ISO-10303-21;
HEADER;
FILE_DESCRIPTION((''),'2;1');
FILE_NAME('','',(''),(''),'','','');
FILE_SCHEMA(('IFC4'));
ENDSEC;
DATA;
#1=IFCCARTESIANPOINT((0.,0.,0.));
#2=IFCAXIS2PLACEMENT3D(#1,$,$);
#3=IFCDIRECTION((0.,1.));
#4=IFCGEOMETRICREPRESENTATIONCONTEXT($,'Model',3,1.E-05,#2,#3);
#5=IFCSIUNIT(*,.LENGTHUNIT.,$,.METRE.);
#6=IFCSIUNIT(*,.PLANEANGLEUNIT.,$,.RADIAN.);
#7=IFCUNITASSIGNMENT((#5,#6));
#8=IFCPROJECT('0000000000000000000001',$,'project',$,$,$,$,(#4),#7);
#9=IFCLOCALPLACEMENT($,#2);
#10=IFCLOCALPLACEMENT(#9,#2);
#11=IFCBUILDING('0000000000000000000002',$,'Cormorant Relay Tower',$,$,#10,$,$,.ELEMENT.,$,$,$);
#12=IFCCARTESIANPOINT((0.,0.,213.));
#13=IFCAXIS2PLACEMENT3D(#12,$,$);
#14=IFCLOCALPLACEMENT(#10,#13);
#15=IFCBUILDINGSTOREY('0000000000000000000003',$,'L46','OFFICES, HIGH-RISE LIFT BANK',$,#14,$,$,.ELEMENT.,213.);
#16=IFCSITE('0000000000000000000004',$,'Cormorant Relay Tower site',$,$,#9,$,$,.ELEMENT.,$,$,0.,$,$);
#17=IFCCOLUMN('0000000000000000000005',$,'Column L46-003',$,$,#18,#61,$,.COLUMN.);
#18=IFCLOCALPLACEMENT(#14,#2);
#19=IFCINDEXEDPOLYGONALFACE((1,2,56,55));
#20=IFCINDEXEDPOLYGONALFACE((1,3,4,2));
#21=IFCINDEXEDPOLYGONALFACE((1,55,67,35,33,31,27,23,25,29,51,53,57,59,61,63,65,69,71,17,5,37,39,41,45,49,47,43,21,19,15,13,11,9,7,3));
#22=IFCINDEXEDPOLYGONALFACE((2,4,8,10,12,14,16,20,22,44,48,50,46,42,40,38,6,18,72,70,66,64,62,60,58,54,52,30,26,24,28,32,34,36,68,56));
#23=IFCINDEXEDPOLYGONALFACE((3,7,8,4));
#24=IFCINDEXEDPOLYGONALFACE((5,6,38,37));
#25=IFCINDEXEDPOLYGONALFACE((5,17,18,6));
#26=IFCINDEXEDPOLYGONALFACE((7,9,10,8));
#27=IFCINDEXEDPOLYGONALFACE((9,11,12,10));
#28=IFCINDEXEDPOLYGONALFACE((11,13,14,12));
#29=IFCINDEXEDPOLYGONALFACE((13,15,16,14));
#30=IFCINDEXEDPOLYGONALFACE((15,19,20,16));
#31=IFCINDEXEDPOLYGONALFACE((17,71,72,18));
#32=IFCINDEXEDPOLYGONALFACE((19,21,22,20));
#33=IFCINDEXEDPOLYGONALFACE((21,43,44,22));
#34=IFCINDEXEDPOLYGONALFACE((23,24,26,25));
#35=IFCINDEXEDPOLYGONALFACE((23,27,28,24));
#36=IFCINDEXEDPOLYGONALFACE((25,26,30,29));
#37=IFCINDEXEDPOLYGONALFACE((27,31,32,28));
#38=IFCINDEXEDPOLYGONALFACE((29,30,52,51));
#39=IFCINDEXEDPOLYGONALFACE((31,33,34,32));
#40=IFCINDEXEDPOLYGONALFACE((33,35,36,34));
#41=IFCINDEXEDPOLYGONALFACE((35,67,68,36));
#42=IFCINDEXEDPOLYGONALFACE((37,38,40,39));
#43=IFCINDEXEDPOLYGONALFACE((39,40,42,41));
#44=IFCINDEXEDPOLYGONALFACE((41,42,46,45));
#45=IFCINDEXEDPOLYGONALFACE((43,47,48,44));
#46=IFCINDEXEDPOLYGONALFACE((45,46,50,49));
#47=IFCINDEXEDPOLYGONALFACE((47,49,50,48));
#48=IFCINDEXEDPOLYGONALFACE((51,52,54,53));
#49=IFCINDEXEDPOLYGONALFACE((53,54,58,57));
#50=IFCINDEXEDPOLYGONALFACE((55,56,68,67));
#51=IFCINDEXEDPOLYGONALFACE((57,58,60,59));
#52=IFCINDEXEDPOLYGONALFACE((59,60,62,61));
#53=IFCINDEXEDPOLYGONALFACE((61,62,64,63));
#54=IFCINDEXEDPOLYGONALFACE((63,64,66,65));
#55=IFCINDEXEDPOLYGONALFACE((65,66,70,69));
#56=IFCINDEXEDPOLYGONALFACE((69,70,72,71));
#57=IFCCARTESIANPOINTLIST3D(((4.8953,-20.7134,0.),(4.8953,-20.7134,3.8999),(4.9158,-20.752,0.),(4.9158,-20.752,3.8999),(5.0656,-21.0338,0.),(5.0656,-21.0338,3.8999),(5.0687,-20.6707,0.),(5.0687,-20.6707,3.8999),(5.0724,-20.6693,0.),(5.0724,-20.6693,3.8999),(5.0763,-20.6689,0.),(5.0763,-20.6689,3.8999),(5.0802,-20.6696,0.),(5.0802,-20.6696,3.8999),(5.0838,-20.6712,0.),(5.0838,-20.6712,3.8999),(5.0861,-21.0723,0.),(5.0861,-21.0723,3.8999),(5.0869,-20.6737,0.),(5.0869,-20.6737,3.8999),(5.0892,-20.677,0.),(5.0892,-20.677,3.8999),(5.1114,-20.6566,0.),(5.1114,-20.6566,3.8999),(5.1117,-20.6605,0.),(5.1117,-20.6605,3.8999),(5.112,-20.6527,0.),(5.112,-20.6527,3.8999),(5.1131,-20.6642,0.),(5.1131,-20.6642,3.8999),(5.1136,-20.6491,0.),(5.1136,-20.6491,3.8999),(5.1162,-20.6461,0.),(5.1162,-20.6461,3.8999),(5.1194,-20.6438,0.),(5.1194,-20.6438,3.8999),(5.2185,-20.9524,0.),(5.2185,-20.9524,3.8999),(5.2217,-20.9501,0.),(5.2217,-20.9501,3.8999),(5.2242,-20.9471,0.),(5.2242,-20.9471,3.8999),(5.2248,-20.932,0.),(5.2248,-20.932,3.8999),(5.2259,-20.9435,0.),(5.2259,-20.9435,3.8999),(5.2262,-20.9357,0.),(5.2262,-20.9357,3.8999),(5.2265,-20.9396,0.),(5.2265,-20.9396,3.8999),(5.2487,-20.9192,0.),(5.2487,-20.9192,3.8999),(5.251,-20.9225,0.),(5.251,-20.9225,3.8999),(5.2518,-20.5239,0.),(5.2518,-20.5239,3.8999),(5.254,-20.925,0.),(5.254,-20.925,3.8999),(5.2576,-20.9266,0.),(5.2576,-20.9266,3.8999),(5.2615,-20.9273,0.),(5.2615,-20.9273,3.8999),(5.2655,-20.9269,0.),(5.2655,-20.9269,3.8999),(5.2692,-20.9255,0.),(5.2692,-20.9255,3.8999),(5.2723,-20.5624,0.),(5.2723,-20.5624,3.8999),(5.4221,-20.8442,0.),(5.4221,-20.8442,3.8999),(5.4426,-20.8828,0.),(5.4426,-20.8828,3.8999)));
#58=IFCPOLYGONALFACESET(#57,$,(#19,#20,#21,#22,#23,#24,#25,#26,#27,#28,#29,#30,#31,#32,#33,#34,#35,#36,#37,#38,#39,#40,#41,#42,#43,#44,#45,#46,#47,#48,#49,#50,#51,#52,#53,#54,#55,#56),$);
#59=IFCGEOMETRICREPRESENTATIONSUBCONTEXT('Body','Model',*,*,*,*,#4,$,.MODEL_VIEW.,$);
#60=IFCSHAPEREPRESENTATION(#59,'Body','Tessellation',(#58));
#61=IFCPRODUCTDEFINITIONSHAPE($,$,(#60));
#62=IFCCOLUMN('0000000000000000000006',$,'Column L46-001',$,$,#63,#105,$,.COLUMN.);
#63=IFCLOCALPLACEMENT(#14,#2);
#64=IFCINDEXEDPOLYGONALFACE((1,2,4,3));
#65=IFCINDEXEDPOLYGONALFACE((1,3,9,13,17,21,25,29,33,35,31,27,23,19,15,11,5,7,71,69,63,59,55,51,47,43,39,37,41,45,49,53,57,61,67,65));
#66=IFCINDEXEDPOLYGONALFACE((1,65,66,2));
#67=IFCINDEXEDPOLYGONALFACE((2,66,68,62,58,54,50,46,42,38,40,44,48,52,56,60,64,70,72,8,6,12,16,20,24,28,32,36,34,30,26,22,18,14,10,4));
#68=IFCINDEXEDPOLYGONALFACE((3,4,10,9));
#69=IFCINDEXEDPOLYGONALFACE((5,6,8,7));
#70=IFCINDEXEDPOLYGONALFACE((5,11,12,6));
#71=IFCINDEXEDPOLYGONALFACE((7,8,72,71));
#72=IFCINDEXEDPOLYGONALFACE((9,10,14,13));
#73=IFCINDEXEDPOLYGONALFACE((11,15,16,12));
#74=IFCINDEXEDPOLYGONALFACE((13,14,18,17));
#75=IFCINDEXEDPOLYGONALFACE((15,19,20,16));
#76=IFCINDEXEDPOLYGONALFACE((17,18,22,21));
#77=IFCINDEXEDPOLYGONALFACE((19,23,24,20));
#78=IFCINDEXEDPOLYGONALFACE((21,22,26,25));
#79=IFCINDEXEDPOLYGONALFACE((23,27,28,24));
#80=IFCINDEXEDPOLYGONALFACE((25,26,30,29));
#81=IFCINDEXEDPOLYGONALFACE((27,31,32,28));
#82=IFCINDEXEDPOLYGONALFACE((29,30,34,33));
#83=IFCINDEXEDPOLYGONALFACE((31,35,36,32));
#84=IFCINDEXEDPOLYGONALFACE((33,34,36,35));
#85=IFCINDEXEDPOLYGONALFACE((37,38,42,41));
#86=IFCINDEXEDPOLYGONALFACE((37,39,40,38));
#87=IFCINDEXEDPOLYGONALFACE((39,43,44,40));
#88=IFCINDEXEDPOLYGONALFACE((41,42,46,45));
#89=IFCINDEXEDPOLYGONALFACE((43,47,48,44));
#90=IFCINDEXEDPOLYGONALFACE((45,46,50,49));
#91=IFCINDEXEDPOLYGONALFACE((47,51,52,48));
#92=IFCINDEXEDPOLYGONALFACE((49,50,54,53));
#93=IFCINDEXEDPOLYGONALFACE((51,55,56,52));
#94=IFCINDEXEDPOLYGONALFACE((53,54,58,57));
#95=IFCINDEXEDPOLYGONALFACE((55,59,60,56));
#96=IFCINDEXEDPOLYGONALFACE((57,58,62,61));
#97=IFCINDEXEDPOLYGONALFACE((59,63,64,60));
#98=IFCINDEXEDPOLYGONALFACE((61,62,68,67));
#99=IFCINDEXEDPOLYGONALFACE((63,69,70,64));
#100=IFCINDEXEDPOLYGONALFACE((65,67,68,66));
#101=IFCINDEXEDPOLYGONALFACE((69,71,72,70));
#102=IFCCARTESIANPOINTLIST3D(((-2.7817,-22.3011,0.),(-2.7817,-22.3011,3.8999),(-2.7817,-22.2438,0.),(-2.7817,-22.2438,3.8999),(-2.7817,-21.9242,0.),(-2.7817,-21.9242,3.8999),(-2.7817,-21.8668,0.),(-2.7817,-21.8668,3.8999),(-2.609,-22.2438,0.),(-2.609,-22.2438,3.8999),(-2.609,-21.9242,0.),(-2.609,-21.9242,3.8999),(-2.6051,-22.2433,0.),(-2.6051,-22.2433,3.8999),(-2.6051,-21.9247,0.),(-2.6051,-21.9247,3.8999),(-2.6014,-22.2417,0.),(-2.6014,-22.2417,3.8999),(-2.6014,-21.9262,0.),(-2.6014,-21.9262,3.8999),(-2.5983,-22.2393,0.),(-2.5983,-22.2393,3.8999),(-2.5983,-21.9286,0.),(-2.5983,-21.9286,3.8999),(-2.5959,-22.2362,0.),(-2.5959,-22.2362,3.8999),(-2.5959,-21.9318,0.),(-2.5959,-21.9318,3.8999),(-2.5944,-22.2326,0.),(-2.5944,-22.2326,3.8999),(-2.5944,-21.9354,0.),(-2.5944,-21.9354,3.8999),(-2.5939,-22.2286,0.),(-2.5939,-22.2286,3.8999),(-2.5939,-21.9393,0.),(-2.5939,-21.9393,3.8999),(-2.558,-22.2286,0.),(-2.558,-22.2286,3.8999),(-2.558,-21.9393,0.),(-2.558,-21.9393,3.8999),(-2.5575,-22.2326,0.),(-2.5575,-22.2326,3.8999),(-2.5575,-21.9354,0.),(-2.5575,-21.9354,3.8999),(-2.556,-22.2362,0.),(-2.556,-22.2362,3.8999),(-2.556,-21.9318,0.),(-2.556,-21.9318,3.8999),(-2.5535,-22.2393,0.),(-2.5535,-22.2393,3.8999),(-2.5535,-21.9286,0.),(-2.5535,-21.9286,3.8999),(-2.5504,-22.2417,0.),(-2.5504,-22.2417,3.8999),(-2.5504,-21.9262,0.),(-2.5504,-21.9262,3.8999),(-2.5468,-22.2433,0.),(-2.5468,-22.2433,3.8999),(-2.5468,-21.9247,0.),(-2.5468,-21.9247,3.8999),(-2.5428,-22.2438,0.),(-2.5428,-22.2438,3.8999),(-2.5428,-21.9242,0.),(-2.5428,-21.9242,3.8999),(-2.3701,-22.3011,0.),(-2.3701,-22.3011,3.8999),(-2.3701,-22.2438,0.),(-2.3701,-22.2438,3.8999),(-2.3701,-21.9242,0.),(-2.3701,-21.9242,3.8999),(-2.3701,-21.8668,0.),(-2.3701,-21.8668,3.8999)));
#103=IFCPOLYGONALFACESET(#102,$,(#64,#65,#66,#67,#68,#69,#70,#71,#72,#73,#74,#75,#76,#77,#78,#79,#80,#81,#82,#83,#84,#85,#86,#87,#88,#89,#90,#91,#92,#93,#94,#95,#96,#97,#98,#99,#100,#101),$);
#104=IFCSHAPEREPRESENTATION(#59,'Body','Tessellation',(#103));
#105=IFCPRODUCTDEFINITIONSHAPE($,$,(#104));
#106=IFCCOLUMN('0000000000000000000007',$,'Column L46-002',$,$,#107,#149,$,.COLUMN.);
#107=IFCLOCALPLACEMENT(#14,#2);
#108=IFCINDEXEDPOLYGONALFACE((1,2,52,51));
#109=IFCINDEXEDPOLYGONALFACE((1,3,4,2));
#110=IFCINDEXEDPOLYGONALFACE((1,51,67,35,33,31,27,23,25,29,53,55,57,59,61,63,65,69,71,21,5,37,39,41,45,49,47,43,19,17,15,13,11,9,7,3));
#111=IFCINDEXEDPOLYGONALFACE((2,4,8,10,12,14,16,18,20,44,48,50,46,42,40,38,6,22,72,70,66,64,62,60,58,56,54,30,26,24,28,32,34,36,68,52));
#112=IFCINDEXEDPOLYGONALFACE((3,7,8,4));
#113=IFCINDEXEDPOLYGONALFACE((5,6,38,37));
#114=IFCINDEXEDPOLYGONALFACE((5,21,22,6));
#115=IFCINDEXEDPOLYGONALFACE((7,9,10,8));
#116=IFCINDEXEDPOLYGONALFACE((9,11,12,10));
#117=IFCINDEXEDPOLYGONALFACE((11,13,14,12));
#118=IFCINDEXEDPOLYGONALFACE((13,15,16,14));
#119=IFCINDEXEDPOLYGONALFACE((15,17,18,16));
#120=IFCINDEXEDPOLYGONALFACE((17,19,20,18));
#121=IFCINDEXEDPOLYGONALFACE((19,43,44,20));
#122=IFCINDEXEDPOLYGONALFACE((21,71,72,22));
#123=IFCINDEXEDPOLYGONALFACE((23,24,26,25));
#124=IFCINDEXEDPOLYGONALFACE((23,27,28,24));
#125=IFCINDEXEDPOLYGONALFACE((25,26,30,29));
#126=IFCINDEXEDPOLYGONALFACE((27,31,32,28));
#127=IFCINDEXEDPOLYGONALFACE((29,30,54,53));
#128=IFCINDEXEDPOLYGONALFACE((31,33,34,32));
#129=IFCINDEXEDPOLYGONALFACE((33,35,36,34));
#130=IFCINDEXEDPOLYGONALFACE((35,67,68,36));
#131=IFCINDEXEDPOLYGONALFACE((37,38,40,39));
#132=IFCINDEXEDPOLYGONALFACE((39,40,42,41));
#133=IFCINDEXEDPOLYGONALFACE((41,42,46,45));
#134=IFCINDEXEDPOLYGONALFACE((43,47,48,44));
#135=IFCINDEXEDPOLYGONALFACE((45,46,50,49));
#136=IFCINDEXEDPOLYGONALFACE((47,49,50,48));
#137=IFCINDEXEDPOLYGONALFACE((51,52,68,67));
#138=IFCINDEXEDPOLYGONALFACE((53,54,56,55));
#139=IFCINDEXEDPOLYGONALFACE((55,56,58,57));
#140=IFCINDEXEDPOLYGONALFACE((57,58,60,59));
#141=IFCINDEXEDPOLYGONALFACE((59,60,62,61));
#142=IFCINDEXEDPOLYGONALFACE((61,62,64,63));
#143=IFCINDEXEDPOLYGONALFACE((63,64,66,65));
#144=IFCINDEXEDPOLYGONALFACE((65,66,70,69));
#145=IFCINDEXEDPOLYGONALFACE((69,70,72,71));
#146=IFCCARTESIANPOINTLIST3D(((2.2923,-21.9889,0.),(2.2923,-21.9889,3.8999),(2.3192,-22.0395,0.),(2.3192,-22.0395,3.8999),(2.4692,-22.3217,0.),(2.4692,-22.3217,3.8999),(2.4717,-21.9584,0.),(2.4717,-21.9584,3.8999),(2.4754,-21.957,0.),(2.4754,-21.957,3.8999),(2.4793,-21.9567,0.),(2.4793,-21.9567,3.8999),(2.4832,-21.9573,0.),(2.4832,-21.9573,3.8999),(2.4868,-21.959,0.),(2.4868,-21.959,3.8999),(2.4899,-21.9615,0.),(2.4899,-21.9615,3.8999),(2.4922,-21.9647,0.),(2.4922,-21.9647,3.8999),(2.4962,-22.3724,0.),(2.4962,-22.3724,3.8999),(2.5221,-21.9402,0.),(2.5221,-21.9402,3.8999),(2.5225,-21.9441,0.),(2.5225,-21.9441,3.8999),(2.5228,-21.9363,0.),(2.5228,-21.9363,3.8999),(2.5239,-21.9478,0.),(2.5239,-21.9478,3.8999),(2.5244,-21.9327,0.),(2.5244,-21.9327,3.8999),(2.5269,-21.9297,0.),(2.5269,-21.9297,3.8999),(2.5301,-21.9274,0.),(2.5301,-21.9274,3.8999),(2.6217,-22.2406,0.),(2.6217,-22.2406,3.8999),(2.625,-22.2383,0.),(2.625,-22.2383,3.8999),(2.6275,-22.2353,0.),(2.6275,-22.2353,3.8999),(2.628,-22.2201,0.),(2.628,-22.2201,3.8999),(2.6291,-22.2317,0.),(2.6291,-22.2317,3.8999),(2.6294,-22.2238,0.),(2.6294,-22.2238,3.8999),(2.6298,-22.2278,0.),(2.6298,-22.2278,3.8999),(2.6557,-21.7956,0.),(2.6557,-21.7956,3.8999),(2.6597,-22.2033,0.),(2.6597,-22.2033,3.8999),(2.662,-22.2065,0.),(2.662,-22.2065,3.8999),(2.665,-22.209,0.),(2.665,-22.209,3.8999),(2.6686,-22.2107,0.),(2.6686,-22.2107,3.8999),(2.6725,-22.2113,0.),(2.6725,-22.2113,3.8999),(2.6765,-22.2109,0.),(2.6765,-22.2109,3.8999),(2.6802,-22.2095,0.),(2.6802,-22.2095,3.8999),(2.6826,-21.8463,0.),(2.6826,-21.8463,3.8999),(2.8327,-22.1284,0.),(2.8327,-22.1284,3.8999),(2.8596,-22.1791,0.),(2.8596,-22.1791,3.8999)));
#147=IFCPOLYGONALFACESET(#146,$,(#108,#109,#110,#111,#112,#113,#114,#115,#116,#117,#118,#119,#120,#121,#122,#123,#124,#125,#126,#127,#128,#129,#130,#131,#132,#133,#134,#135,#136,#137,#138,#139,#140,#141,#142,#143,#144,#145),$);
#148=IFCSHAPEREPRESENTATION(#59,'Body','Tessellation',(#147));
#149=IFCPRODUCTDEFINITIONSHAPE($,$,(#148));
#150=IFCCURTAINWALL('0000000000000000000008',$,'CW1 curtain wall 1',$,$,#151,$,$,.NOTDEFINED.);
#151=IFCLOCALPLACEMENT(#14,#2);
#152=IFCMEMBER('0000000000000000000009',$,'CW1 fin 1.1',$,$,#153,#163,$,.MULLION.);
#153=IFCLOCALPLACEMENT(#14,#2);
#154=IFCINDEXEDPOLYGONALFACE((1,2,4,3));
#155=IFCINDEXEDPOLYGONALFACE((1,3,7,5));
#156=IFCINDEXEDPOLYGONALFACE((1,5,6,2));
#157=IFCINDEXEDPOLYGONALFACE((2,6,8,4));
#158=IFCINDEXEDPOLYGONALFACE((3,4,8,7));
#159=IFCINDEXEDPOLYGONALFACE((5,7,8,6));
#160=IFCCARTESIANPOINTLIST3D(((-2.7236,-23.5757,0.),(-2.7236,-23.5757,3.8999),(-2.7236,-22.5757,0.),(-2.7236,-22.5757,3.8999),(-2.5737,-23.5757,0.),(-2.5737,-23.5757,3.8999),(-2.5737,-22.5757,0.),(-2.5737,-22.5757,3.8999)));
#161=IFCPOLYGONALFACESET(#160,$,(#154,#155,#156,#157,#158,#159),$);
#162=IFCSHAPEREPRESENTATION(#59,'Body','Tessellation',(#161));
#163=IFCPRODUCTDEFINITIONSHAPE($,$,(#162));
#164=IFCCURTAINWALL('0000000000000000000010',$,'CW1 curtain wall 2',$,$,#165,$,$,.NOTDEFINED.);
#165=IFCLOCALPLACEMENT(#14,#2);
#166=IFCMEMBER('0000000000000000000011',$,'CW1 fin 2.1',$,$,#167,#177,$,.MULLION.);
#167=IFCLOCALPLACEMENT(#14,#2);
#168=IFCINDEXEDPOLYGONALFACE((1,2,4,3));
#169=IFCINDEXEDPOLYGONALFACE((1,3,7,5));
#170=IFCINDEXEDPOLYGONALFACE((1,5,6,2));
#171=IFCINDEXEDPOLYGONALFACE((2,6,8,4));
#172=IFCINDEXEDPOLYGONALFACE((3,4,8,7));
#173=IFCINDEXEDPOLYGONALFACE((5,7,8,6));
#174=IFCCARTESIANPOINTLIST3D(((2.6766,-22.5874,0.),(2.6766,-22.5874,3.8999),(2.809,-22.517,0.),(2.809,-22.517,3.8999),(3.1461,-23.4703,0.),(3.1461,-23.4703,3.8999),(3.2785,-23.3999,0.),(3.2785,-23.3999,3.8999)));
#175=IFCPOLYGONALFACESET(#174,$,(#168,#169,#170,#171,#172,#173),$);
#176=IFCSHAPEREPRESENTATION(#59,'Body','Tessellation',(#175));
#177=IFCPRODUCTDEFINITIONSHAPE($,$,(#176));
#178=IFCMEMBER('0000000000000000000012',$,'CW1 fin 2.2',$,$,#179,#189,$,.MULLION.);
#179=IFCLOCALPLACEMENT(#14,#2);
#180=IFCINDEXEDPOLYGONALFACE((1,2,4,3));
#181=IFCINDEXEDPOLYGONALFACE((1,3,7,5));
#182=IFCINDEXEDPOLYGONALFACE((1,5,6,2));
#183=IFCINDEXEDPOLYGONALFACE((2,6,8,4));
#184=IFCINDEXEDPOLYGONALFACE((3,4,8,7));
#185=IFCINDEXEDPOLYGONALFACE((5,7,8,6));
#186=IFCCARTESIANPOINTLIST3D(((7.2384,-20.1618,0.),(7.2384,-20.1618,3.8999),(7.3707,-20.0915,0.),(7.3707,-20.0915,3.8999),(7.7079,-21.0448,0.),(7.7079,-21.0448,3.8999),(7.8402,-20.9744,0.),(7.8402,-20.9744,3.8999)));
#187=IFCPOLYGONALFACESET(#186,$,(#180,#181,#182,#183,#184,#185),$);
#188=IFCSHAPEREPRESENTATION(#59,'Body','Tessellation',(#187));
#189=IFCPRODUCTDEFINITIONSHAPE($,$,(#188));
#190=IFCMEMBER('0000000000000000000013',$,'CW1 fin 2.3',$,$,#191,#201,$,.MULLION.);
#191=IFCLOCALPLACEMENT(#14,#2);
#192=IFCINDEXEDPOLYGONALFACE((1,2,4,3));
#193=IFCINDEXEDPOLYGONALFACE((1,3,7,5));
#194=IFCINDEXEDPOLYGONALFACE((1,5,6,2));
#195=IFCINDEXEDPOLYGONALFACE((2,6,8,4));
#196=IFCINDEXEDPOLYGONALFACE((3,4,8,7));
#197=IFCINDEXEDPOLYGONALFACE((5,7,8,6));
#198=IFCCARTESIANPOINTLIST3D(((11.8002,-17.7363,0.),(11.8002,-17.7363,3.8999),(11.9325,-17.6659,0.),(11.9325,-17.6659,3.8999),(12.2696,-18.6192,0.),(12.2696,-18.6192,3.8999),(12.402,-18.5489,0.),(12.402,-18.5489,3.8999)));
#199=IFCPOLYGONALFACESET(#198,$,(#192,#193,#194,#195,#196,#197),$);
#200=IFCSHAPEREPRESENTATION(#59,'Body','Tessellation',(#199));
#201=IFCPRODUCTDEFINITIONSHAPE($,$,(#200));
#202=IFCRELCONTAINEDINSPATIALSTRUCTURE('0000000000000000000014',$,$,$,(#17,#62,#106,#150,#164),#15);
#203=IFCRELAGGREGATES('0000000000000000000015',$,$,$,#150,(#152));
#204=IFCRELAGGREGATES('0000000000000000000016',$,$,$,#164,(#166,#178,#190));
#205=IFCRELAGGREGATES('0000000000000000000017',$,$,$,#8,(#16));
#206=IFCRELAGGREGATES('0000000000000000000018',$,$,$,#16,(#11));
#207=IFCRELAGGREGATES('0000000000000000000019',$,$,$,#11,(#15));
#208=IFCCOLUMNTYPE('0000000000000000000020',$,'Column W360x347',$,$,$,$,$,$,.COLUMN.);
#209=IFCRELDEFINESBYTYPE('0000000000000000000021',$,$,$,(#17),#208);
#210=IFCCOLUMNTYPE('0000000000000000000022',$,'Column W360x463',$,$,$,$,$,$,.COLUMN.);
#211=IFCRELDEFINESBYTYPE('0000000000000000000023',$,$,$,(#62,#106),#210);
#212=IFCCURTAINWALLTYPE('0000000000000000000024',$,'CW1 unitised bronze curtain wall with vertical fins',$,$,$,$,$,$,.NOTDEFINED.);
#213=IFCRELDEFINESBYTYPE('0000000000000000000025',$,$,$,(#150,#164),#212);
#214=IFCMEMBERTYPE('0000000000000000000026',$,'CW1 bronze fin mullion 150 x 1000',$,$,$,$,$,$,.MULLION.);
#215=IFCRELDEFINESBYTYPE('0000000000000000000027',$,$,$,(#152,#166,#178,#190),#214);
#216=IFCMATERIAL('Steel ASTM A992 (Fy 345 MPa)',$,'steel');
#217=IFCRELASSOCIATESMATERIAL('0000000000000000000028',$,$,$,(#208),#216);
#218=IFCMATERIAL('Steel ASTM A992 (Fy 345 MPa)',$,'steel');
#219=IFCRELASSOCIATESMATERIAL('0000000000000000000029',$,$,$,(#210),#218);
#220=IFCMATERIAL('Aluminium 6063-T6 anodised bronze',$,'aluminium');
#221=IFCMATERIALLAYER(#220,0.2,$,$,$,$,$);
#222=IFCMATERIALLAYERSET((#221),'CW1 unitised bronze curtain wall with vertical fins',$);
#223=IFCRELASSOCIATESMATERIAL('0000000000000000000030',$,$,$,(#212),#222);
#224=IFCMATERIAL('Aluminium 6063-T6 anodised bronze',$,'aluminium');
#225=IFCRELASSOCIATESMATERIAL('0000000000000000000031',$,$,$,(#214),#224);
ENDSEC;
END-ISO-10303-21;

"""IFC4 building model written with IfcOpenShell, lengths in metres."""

from ifc_helpers import new_model, si_unit, direction, frame, origin, origin_2d, place, context, subcontext, project, spatial, rectangle, i_section, extrude, material, layer, layer_set, material_profile, profile_set, type_object, element, aggregate, save


model = new_model("IFC4")

# Units and contexts
model_context = context("Model", 3, precision=1e-05, world=origin(), true_north=direction((0.0, 1.0)))
body_context = subcontext(model_context, "Body", "Model", "MODEL_VIEW")
ifc_project = project(units=[si_unit("LENGTHUNIT", "METRE"), si_unit("PLANEANGLEUNIT", "RADIAN")], contexts=[model_context])

# Site, building, storey
site_placement = place(None, origin())
site = spatial("IfcSite", under=ifc_project, at=site_placement, Name="Cormorant Relay Tower site", CompositionType="ELEMENT", RefElevation=0.0)
building_placement = place(site_placement, origin())
building = spatial("IfcBuilding", under=site, at=building_placement, Name="Cormorant Relay Tower", CompositionType="ELEMENT")
storey_placement = place(building_placement, frame((0.0, 0.0, 213.0)))
storey = spatial("IfcBuildingStorey", under=building, at=storey_placement, Name="L46", Description="OFFICES, HIGH-RISE LIFT BANK", CompositionType="ELEMENT", Elevation=213.0)

# Columns
ifc_material_1 = material(Name="Steel ASTM A992 (Fy 345 MPa)", Category="steel")
ifc_material_profile_1 = material_profile(ifc_material_1, i_section(OverallWidth=0.4038, OverallDepth=0.4065, WebThickness=0.0271, FlangeThickness=0.0437, FilletRadius=0.0151, at=origin_2d()), Name="W360x347")
ifc_profile_set_1 = profile_set([ifc_material_profile_1], Name="Steel ASTM A992 (Fy 345 MPa)")
column_type_1 = type_object("IfcColumnType", Name="Column W360x347", PredefinedType="COLUMN", material=ifc_profile_set_1)
column_placement = place(storey_placement, frame((5.1689, -20.7981, 0.0), z_axis=(0.0, 0.0, 1.0), x_axis=(0.882948, 0.469472, 0.0)))
element("IfcColumn", 1, at=column_placement, inside=storey, type_object=column_type_1, Name="Column L46-003", PredefinedType="COLUMN", context=body_context, shape_type="SweptSolid", body=[
    extrude(i_section(OverallWidth=0.4038, OverallDepth=0.4065, WebThickness=0.0271, FlangeThickness=0.0437, FilletRadius=0.0151, at=origin_2d()), origin(), (0.0, 0.0, 1.0), 3.8999),
])
ifc_material_2 = material(Name="Steel ASTM A992 (Fy 345 MPa)", Category="steel")
ifc_material_profile_2 = material_profile(ifc_material_2, i_section(OverallWidth=0.4116, OverallDepth=0.4343, WebThickness=0.0359, FlangeThickness=0.0574, FilletRadius=0.0151, at=origin_2d()), Name="W360x463")
ifc_profile_set_2 = profile_set([ifc_material_profile_2], Name="Steel ASTM A992 (Fy 345 MPa)")
column_type_2 = type_object("IfcColumnType", Name="Column W360x463", PredefinedType="COLUMN", material=ifc_profile_set_2)
for number, where, z_axis, x_axis, name in (
    (2, (-2.5759, -22.084, 0.0), (0.0, 0.0, 1.0), (1.0, 0.0, 0.0), "Column L46-001"),
    (3, (2.5759, -22.084, 0.0), (0.0, 0.0, 1.0), (0.882948, 0.469472, 0.0), "Column L46-002"),
):
    element("IfcColumn", number, at=place(storey_placement, frame(where, z_axis=z_axis, x_axis=x_axis)), inside=storey, type_object=column_type_2, Name=name, PredefinedType="COLUMN", context=body_context, shape_type="SweptSolid", body=[
        extrude(i_section(OverallWidth=0.4116, OverallDepth=0.4343, WebThickness=0.0359, FlangeThickness=0.0574, FilletRadius=0.0151, at=origin_2d()), origin(), (0.0, 0.0, 1.0), 3.8999),
    ])

# Curtain wall, member
ifc_material_3 = material(Name="Aluminium 6063-T6 anodised bronze", Category="aluminium")
ifc_layer_1 = layer(ifc_material_3, 0.2)
ifc_layer_set_1 = layer_set([ifc_layer_1], Name="CW1 unitised bronze curtain wall with vertical fins")
curtain_wall_type = type_object("IfcCurtainWallType", Name="CW1 unitised bronze curtain wall with vertical fins", PredefinedType="NOTDEFINED", material=ifc_layer_set_1)
curtain_wall_1_placement = place(storey_placement, origin())
curtain_wall_1 = element("IfcCurtainWall", 4, at=curtain_wall_1_placement, inside=storey, type_object=curtain_wall_type, Name="CW1 curtain wall 1", PredefinedType="NOTDEFINED")
ifc_material_4 = material(Name="Aluminium 6063-T6 anodised bronze", Category="aluminium")
ifc_material_profile_3 = material_profile(ifc_material_4, rectangle(XDim=0.1499, YDim=1.0, at=origin_2d()), Name="AL 150x1000")
ifc_profile_set_3 = profile_set([ifc_material_profile_3], Name="Aluminium 6063-T6 anodised bronze")
member_type_1 = type_object("IfcMemberType", Name="CW1 bronze fin mullion 150 x 1000", PredefinedType="MULLION", material=ifc_profile_set_3)
member_1_placement = place(storey_placement, frame((-2.6487, -23.0757, 0.0), z_axis=(0.0, 0.0, 1.0), x_axis=(1.0, 0.0, 0.0)))
member_1 = element("IfcMember", 5, at=member_1_placement, type_object=member_type_1, Name="CW1 fin 1.1", PredefinedType="MULLION", context=body_context, shape_type="SweptSolid", body=[
    extrude(rectangle(XDim=0.1499, YDim=1.0, at=origin_2d()), origin(), (0.0, 0.0, 1.0), 3.8999),
])

# Curtain wall, members
curtain_wall_2_placement = place(storey_placement, origin())
curtain_wall_2 = element("IfcCurtainWall", 6, at=curtain_wall_2_placement, inside=storey, type_object=curtain_wall_type, Name="CW1 curtain wall 2", PredefinedType="NOTDEFINED")
member_2_placement = place(storey_placement, frame((2.9775, -22.9937, 0.0), z_axis=(0.0, 0.0, 1.0), x_axis=(0.882948, 0.469472, 0.0)))
member_2 = element("IfcMember", 7, at=member_2_placement, type_object=member_type_1, Name="CW1 fin 2.1", PredefinedType="MULLION", context=body_context, shape_type="SweptSolid", body=[
    extrude(rectangle(XDim=0.1499, YDim=1.0, at=origin_2d()), origin(), (0.0, 0.0, 1.0), 3.8999),
])
member_3_placement = place(storey_placement, frame((7.5393, -20.5681, 0.0), z_axis=(0.0, 0.0, 1.0), x_axis=(0.882948, 0.469472, 0.0)))
member_3 = element("IfcMember", 8, at=member_3_placement, type_object=member_type_1, Name="CW1 fin 2.2", PredefinedType="MULLION", context=body_context, shape_type="SweptSolid", body=[
    extrude(rectangle(XDim=0.1499, YDim=1.0, at=origin_2d()), origin(), (0.0, 0.0, 1.0), 3.8999),
])
member_4_placement = place(storey_placement, frame((12.1011, -18.1426, 0.0), z_axis=(0.0, 0.0, 1.0), x_axis=(0.882948, 0.469472, 0.0)))
member_4 = element("IfcMember", 9, at=member_4_placement, type_object=member_type_1, Name="CW1 fin 2.3", PredefinedType="MULLION", context=body_context, shape_type="SweptSolid", body=[
    extrude(rectangle(XDim=0.1499, YDim=1.0, at=origin_2d()), origin(), (0.0, 0.0, 1.0), 3.8999),
])

aggregate(curtain_wall_1, [member_1])
aggregate(curtain_wall_2, [member_2, member_3, member_4])

save(model, "model.ifc")
